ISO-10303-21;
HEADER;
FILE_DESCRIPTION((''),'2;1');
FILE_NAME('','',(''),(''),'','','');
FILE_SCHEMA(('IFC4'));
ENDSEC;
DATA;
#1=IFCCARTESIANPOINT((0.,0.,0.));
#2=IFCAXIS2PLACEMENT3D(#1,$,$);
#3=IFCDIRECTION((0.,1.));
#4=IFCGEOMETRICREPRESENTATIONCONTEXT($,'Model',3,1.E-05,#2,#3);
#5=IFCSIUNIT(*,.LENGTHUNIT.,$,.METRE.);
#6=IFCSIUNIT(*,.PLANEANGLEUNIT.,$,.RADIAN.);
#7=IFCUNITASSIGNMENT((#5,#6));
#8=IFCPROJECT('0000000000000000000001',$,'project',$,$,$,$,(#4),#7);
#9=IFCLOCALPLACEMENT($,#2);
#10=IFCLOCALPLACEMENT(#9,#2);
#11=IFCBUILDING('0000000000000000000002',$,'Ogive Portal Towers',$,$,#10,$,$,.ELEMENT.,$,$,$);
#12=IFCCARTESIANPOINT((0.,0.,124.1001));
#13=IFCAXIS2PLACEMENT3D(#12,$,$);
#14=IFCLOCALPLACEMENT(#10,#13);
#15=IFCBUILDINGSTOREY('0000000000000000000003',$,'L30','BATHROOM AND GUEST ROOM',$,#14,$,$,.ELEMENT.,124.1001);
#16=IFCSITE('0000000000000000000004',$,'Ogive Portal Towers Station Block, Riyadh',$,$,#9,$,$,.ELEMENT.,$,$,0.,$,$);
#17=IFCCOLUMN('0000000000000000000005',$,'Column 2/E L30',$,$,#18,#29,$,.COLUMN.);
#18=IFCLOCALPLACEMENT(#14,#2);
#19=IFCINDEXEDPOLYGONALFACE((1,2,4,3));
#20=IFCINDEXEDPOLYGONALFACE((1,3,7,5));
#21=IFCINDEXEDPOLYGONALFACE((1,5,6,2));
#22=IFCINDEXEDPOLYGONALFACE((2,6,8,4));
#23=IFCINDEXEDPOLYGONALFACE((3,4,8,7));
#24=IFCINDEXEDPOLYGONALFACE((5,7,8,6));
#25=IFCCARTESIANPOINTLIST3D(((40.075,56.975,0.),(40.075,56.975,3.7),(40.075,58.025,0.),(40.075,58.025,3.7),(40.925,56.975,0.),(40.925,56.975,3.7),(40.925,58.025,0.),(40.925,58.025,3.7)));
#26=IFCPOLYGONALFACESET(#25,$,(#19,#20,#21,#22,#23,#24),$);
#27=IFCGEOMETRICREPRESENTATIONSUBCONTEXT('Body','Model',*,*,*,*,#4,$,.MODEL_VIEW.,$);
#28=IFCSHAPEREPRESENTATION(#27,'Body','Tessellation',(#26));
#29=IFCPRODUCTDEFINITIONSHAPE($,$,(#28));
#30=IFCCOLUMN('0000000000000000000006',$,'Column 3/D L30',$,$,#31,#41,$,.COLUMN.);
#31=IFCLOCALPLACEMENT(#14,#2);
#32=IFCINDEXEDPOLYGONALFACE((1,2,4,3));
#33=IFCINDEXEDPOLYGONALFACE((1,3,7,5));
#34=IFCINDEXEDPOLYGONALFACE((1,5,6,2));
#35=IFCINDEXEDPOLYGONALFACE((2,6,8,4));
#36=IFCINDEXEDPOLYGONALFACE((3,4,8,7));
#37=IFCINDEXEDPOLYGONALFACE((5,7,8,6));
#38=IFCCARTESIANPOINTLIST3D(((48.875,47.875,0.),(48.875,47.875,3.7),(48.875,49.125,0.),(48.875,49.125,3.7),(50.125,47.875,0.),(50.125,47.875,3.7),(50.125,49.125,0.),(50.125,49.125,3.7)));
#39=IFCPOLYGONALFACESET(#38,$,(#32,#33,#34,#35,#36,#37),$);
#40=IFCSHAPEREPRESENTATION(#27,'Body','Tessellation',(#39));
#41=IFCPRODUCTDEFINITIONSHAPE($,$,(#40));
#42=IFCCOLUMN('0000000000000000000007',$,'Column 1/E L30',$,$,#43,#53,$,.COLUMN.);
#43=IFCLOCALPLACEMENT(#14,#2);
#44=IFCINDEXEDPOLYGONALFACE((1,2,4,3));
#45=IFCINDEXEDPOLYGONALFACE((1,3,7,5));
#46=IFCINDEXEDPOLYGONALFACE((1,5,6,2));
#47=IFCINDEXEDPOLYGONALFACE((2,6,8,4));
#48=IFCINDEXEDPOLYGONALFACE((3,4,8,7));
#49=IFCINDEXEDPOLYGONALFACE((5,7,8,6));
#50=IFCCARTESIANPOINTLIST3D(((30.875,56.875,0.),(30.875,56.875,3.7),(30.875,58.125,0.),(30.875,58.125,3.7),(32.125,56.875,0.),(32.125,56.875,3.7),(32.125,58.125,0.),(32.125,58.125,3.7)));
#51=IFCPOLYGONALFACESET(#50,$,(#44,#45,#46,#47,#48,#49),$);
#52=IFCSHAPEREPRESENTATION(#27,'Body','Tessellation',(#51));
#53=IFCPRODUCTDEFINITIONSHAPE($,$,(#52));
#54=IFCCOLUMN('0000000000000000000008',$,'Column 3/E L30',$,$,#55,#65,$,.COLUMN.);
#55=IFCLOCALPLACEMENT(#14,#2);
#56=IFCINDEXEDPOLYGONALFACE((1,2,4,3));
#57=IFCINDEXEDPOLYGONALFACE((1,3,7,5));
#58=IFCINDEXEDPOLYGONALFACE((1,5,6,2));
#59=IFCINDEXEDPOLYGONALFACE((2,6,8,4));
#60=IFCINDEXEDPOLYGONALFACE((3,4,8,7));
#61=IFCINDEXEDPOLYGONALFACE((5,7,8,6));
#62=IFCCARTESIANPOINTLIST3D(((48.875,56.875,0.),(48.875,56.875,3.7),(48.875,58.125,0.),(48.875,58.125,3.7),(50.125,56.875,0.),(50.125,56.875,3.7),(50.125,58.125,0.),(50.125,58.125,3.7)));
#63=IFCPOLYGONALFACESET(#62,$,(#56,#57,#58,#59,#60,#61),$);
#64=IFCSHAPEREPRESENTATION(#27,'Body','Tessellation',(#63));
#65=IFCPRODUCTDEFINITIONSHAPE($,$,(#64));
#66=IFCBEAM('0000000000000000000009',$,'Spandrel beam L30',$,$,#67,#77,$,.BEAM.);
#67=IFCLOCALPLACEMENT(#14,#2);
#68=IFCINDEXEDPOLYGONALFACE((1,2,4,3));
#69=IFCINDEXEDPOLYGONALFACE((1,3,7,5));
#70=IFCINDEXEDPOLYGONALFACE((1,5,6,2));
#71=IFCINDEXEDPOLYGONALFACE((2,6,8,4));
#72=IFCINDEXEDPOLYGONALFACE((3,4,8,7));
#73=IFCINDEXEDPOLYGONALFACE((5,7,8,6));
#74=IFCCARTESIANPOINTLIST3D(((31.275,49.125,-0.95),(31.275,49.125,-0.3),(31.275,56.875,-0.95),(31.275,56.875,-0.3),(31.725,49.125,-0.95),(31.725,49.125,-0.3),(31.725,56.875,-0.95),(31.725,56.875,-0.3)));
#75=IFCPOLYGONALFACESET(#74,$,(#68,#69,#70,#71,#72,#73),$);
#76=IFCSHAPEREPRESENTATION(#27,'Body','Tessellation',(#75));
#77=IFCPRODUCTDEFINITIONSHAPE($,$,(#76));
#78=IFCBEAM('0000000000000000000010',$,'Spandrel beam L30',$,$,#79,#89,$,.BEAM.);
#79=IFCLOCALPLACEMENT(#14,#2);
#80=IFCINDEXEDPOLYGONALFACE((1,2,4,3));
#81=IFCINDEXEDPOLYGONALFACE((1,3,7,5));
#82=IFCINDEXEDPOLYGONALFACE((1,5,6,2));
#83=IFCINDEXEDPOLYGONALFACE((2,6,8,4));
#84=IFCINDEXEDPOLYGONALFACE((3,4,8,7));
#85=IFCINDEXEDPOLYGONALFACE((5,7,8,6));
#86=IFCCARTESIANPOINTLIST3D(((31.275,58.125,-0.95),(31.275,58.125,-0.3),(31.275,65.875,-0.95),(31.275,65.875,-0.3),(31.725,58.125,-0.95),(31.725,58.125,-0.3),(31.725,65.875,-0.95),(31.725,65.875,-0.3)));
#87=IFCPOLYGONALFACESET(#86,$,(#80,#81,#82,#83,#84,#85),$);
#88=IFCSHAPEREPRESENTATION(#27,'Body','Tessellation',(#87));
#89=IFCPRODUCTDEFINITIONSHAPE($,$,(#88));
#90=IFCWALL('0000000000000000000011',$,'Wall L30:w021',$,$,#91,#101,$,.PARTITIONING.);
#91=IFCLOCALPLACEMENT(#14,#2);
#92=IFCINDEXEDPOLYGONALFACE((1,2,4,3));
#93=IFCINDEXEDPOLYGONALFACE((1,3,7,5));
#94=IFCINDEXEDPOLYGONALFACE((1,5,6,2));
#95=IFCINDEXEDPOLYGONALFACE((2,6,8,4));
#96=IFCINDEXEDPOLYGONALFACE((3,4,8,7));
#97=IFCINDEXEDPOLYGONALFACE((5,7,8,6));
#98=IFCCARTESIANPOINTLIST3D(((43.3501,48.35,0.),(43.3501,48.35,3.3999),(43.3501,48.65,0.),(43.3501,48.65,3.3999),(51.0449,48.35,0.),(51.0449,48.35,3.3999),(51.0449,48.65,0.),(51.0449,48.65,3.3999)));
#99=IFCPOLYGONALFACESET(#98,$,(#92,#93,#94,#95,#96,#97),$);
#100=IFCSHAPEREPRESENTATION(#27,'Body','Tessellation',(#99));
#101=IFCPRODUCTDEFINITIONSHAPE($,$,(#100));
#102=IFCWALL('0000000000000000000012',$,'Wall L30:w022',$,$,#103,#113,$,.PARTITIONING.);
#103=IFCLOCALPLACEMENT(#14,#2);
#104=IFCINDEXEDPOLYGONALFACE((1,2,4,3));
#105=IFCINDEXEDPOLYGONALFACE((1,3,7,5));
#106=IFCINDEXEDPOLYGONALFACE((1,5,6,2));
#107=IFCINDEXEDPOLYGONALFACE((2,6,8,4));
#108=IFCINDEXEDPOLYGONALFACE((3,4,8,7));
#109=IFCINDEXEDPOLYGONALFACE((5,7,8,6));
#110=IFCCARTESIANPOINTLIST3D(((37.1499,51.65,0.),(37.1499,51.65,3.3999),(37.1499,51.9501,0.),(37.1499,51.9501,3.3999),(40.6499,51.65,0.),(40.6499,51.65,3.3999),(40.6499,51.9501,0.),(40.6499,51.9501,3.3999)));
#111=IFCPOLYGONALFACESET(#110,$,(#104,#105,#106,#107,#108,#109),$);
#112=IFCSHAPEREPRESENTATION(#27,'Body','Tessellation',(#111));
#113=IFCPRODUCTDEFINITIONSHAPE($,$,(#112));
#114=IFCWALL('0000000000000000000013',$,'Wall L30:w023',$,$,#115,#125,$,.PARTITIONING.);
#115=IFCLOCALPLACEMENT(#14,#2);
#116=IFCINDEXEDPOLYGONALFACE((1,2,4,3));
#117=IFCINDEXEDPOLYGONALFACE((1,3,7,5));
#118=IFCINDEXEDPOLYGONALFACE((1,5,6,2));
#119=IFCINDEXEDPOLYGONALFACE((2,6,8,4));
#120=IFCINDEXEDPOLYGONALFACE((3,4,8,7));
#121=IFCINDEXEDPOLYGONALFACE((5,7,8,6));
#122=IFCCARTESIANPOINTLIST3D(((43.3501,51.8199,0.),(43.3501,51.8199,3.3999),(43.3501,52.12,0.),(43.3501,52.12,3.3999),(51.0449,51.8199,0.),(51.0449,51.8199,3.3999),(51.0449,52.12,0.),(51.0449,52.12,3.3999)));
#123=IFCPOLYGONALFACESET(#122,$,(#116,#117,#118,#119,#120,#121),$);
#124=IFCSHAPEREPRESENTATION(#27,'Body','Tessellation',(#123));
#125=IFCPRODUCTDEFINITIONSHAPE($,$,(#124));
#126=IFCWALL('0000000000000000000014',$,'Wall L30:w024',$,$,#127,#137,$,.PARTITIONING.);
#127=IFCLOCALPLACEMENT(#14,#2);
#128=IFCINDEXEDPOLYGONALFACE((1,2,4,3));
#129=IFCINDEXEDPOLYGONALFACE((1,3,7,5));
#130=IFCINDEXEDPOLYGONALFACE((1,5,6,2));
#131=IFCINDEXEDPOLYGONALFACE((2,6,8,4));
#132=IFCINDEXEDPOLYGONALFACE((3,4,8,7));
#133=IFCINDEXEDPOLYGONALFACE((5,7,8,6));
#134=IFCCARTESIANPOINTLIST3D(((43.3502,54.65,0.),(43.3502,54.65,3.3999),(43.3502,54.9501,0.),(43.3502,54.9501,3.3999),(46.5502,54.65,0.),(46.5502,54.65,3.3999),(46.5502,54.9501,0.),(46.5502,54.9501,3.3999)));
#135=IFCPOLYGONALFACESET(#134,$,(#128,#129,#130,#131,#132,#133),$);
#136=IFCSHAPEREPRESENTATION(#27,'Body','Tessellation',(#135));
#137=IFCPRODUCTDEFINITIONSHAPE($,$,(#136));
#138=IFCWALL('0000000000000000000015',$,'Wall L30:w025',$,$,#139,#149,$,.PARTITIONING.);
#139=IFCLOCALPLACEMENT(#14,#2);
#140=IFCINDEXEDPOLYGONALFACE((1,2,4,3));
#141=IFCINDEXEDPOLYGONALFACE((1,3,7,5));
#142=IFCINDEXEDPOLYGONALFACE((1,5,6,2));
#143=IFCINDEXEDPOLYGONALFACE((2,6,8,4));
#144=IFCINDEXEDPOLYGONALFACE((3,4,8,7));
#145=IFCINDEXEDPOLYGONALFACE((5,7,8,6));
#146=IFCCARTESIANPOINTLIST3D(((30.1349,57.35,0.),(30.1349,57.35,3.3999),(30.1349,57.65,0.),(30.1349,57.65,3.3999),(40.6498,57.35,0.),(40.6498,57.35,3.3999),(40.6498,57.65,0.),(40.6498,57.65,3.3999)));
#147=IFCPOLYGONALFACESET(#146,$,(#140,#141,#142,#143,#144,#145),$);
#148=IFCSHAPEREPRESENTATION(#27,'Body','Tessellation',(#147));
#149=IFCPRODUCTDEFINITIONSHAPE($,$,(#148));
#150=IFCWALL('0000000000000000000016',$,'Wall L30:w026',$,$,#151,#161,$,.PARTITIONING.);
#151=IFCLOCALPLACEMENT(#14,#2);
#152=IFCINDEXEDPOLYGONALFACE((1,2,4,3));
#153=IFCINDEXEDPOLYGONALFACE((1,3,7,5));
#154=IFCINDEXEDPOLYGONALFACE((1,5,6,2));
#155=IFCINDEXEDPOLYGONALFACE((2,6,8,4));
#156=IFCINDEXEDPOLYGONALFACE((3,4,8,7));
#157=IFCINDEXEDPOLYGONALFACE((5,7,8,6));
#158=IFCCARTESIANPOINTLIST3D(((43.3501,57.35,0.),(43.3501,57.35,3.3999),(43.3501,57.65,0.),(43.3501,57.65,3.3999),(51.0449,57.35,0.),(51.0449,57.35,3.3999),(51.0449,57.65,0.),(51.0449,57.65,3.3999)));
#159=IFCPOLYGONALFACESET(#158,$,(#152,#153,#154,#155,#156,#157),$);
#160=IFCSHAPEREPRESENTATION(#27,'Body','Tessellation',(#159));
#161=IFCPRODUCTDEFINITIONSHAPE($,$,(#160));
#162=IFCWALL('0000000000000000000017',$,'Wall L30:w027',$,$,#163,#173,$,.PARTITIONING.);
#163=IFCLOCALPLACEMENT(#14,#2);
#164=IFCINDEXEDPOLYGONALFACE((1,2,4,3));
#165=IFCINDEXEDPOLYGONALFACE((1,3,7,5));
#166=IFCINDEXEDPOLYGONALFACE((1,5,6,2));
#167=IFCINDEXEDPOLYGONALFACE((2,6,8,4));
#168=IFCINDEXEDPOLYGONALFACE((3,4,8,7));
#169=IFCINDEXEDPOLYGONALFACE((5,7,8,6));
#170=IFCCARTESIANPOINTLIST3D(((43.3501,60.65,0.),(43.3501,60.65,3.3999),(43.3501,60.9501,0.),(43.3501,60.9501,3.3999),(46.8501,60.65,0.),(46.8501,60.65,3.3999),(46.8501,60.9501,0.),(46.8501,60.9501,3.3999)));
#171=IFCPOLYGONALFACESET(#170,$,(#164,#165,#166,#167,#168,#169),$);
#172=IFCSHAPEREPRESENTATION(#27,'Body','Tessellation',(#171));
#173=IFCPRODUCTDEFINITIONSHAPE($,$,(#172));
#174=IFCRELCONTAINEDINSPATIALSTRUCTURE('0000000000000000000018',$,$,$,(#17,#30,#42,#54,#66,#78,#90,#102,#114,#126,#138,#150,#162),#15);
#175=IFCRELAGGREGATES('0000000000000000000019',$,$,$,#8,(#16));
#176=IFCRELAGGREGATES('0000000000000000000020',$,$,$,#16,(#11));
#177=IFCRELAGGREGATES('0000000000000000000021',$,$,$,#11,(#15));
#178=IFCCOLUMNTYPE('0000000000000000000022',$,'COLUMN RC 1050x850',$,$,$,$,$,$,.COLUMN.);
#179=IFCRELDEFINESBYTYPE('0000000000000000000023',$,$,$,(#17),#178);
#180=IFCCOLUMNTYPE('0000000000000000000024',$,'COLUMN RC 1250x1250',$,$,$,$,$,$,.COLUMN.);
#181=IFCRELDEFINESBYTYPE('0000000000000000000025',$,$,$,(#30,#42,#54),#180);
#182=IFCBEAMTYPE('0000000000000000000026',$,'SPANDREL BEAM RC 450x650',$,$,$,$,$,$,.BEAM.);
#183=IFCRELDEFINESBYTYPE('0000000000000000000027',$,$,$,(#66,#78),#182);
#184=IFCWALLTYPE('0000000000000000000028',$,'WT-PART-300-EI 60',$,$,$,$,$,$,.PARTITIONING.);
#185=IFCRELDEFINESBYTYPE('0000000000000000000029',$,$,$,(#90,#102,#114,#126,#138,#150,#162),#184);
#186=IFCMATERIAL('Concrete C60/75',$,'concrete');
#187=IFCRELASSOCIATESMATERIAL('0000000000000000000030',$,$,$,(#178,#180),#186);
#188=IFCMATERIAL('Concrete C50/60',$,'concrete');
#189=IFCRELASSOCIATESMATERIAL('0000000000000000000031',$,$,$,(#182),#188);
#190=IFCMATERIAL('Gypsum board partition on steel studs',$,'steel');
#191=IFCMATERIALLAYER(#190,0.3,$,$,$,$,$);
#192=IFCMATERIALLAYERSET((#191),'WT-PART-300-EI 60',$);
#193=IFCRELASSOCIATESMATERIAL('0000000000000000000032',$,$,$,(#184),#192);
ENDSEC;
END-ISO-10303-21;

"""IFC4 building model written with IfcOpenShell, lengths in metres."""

from ifc_helpers import new_model, si_unit, direction, frame, frame_2d, origin, origin_2d, place, context, subcontext, project, spatial, rectangle, extrude, material, layer, layer_set, material_profile, profile_set, type_object, element, save


model = new_model("IFC4")

# Units and contexts
model_context = context("Model", 3, precision=1e-05, world=origin(), true_north=direction((0.0, 1.0)))
body_context = subcontext(model_context, "Body", "Model", "MODEL_VIEW")
ifc_project = project(units=[si_unit("LENGTHUNIT", "METRE"), si_unit("PLANEANGLEUNIT", "RADIAN")], contexts=[model_context])

# Site, building, storey
site_placement = place(None, origin())
site = spatial("IfcSite", under=ifc_project, at=site_placement, Name="Ogive Portal Towers Station Block, Riyadh", CompositionType="ELEMENT", RefElevation=0.0)
building_placement = place(site_placement, origin())
building = spatial("IfcBuilding", under=site, at=building_placement, Name="Ogive Portal Towers", CompositionType="ELEMENT")
storey_placement = place(building_placement, frame((0.0, 0.0, 124.1001)))
storey = spatial("IfcBuildingStorey", under=building, at=storey_placement, Name="L30", Description="BATHROOM AND GUEST ROOM", CompositionType="ELEMENT", Elevation=124.1001)

# Columns
ifc_material_1 = material(Name="Concrete C60/75", Category="concrete")
ifc_material_profile_1 = material_profile(ifc_material_1, rectangle(XDim=1.05, YDim=0.8501, at=origin_2d()), Name="RC 1050x850")
ifc_profile_set_1 = profile_set([ifc_material_profile_1], Name="Concrete C60/75")
column_type_1 = type_object("IfcColumnType", Name="COLUMN RC 1050x850", PredefinedType="COLUMN", material=ifc_profile_set_1)
column_placement = place(storey_placement, frame((40.5, 57.5, 0.0), z_axis=(0.0, 0.0, 1.0), x_axis=(0.0, 1.0, 0.0)))
element("IfcColumn", 1, at=column_placement, inside=storey, type_object=column_type_1, Name="Column 2/E L30", PredefinedType="COLUMN", context=body_context, shape_type="SweptSolid", body=[
    extrude(rectangle(XDim=1.05, YDim=0.8501, at=origin_2d()), origin(), (0.0, 0.0, 1.0), 3.7),
])
ifc_material_profile_2 = material_profile(ifc_material_1, rectangle(XDim=1.25, YDim=1.25, at=origin_2d()), Name="RC 1250x1250")
ifc_profile_set_2 = profile_set([ifc_material_profile_2], Name="Concrete C60/75")
column_type_2 = type_object("IfcColumnType", Name="COLUMN RC 1250x1250", PredefinedType="COLUMN", material=ifc_profile_set_2)
for number, where, z_axis, x_axis, name in (
    (2, (49.5, 48.5, 0.0), (0.0, 0.0, 1.0), (1.0, 0.0, 0.0), "Column 3/D L30"),
    (3, (31.5, 57.5, 0.0), (0.0, 0.0, 1.0), (1.0, 0.0, 0.0), "Column 1/E L30"),
    (4, (49.5, 57.5, 0.0), (0.0, 0.0, 1.0), (1.0, 0.0, 0.0), "Column 3/E L30"),
):
    element("IfcColumn", number, at=place(storey_placement, frame(where, z_axis=z_axis, x_axis=x_axis)), inside=storey, type_object=column_type_2, Name=name, PredefinedType="COLUMN", context=body_context, shape_type="SweptSolid", body=[
        extrude(rectangle(XDim=1.25, YDim=1.25, at=origin_2d()), origin(), (0.0, 0.0, 1.0), 3.7),
    ])

# Beams
ifc_material_2 = material(Name="Concrete C50/60", Category="concrete")
ifc_material_profile_3 = material_profile(ifc_material_2, rectangle(XDim=0.45, YDim=0.6499, at=origin_2d()), Name="RC 450x650")
ifc_profile_set_3 = profile_set([ifc_material_profile_3], Name="Concrete C50/60")
beam_type = type_object("IfcBeamType", Name="SPANDREL BEAM RC 450x650", PredefinedType="BEAM", material=ifc_profile_set_3)
for number, where, z_axis, x_axis, name in (
    (5, (31.5, 49.125, -0.625), (0.0, 1.0, 0.0), (-1.0, 0.0, 0.0), "Spandrel beam L30"),
    (6, (31.5, 58.125, -0.625), (0.0, 1.0, 0.0), (-1.0, 0.0, 0.0), "Spandrel beam L30"),
):
    element("IfcBeam", number, at=place(storey_placement, frame(where, z_axis=z_axis, x_axis=x_axis)), inside=storey, type_object=beam_type, Name=name, PredefinedType="BEAM", context=body_context, shape_type="SweptSolid", body=[
        extrude(rectangle(XDim=0.45, YDim=0.6499, at=origin_2d()), origin(), (0.0, 0.0, 1.0), 7.75),
    ])

# Walls
ifc_material_3 = material(Name="Gypsum board partition on steel studs", Category="steel")
ifc_layer_1 = layer(ifc_material_3, 0.3)
ifc_layer_set_1 = layer_set([ifc_layer_1], Name="WT-PART-300-EI 60")
wall_type = type_object("IfcWallType", Name="WT-PART-300-EI 60", PredefinedType="PARTITIONING", material=ifc_layer_set_1)
wall_1_placement = place(storey_placement, frame((43.3501, 48.5, 0.0), z_axis=(0.0, 0.0, 1.0), x_axis=(1.0, 0.0, 0.0)))
element("IfcWall", 7, at=wall_1_placement, inside=storey, type_object=wall_type, Name="Wall L30:w021", PredefinedType="PARTITIONING", context=body_context, shape_type="SweptSolid", body=[
    extrude(rectangle(XDim=7.6948, YDim=0.3, at=frame_2d((3.8474, 0.0))), origin(), (0.0, 0.0, 1.0), 3.3999),
])
wall_2_placement = place(storey_placement, frame((37.1499, 51.8, 0.0), z_axis=(0.0, 0.0, 1.0), x_axis=(1.0, 0.0, 0.0)))
element("IfcWall", 8, at=wall_2_placement, inside=storey, type_object=wall_type, Name="Wall L30:w022", PredefinedType="PARTITIONING", context=body_context, shape_type="SweptSolid", body=[
    extrude(rectangle(XDim=3.5, YDim=0.3, at=frame_2d((1.75, 0.0))), origin(), (0.0, 0.0, 1.0), 3.3999),
])
wall_3_placement = place(storey_placement, frame((43.3501, 51.97, 0.0), z_axis=(0.0, 0.0, 1.0), x_axis=(1.0, 0.0, 0.0)))
element("IfcWall", 9, at=wall_3_placement, inside=storey, type_object=wall_type, Name="Wall L30:w023", PredefinedType="PARTITIONING", context=body_context, shape_type="SweptSolid", body=[
    extrude(rectangle(XDim=7.6948, YDim=0.3, at=frame_2d((3.8474, 0.0))), origin(), (0.0, 0.0, 1.0), 3.3999),
])
wall_4_placement = place(storey_placement, frame((43.3501, 54.8, 0.0), z_axis=(0.0, 0.0, 1.0), x_axis=(1.0, 0.0, 0.0)))
element("IfcWall", 10, at=wall_4_placement, inside=storey, type_object=wall_type, Name="Wall L30:w024", PredefinedType="PARTITIONING", context=body_context, shape_type="SweptSolid", body=[
    extrude(rectangle(XDim=3.2, YDim=0.3, at=frame_2d((1.6001, 0.0))), origin(), (0.0, 0.0, 1.0), 3.3999),
])
wall_5_placement = place(storey_placement, frame((30.135, 57.5, 0.0), z_axis=(0.0, 0.0, 1.0), x_axis=(1.0, 0.0, 0.0)))
element("IfcWall", 11, at=wall_5_placement, inside=storey, type_object=wall_type, Name="Wall L30:w025", PredefinedType="PARTITIONING", context=body_context, shape_type="SweptSolid", body=[
    extrude(rectangle(XDim=10.5149, YDim=0.3, at=frame_2d((5.2573, 0.0))), origin(), (0.0, 0.0, 1.0), 3.3999),
])
wall_6_placement = place(storey_placement, frame((43.3501, 57.5, 0.0), z_axis=(0.0, 0.0, 1.0), x_axis=(1.0, 0.0, 0.0)))
element("IfcWall", 12, at=wall_6_placement, inside=storey, type_object=wall_type, Name="Wall L30:w026", PredefinedType="PARTITIONING", context=body_context, shape_type="SweptSolid", body=[
    extrude(rectangle(XDim=7.6948, YDim=0.3, at=frame_2d((3.8474, 0.0))), origin(), (0.0, 0.0, 1.0), 3.3999),
])
wall_7_placement = place(storey_placement, frame((43.3501, 60.8, 0.0), z_axis=(0.0, 0.0, 1.0), x_axis=(1.0, 0.0, 0.0)))
element("IfcWall", 13, at=wall_7_placement, inside=storey, type_object=wall_type, Name="Wall L30:w027", PredefinedType="PARTITIONING", context=body_context, shape_type="SweptSolid", body=[
    extrude(rectangle(XDim=3.5, YDim=0.3, at=frame_2d((1.75, 0.0))), origin(), (0.0, 0.0, 1.0), 3.3999),
])

save(model, "model.ifc")
